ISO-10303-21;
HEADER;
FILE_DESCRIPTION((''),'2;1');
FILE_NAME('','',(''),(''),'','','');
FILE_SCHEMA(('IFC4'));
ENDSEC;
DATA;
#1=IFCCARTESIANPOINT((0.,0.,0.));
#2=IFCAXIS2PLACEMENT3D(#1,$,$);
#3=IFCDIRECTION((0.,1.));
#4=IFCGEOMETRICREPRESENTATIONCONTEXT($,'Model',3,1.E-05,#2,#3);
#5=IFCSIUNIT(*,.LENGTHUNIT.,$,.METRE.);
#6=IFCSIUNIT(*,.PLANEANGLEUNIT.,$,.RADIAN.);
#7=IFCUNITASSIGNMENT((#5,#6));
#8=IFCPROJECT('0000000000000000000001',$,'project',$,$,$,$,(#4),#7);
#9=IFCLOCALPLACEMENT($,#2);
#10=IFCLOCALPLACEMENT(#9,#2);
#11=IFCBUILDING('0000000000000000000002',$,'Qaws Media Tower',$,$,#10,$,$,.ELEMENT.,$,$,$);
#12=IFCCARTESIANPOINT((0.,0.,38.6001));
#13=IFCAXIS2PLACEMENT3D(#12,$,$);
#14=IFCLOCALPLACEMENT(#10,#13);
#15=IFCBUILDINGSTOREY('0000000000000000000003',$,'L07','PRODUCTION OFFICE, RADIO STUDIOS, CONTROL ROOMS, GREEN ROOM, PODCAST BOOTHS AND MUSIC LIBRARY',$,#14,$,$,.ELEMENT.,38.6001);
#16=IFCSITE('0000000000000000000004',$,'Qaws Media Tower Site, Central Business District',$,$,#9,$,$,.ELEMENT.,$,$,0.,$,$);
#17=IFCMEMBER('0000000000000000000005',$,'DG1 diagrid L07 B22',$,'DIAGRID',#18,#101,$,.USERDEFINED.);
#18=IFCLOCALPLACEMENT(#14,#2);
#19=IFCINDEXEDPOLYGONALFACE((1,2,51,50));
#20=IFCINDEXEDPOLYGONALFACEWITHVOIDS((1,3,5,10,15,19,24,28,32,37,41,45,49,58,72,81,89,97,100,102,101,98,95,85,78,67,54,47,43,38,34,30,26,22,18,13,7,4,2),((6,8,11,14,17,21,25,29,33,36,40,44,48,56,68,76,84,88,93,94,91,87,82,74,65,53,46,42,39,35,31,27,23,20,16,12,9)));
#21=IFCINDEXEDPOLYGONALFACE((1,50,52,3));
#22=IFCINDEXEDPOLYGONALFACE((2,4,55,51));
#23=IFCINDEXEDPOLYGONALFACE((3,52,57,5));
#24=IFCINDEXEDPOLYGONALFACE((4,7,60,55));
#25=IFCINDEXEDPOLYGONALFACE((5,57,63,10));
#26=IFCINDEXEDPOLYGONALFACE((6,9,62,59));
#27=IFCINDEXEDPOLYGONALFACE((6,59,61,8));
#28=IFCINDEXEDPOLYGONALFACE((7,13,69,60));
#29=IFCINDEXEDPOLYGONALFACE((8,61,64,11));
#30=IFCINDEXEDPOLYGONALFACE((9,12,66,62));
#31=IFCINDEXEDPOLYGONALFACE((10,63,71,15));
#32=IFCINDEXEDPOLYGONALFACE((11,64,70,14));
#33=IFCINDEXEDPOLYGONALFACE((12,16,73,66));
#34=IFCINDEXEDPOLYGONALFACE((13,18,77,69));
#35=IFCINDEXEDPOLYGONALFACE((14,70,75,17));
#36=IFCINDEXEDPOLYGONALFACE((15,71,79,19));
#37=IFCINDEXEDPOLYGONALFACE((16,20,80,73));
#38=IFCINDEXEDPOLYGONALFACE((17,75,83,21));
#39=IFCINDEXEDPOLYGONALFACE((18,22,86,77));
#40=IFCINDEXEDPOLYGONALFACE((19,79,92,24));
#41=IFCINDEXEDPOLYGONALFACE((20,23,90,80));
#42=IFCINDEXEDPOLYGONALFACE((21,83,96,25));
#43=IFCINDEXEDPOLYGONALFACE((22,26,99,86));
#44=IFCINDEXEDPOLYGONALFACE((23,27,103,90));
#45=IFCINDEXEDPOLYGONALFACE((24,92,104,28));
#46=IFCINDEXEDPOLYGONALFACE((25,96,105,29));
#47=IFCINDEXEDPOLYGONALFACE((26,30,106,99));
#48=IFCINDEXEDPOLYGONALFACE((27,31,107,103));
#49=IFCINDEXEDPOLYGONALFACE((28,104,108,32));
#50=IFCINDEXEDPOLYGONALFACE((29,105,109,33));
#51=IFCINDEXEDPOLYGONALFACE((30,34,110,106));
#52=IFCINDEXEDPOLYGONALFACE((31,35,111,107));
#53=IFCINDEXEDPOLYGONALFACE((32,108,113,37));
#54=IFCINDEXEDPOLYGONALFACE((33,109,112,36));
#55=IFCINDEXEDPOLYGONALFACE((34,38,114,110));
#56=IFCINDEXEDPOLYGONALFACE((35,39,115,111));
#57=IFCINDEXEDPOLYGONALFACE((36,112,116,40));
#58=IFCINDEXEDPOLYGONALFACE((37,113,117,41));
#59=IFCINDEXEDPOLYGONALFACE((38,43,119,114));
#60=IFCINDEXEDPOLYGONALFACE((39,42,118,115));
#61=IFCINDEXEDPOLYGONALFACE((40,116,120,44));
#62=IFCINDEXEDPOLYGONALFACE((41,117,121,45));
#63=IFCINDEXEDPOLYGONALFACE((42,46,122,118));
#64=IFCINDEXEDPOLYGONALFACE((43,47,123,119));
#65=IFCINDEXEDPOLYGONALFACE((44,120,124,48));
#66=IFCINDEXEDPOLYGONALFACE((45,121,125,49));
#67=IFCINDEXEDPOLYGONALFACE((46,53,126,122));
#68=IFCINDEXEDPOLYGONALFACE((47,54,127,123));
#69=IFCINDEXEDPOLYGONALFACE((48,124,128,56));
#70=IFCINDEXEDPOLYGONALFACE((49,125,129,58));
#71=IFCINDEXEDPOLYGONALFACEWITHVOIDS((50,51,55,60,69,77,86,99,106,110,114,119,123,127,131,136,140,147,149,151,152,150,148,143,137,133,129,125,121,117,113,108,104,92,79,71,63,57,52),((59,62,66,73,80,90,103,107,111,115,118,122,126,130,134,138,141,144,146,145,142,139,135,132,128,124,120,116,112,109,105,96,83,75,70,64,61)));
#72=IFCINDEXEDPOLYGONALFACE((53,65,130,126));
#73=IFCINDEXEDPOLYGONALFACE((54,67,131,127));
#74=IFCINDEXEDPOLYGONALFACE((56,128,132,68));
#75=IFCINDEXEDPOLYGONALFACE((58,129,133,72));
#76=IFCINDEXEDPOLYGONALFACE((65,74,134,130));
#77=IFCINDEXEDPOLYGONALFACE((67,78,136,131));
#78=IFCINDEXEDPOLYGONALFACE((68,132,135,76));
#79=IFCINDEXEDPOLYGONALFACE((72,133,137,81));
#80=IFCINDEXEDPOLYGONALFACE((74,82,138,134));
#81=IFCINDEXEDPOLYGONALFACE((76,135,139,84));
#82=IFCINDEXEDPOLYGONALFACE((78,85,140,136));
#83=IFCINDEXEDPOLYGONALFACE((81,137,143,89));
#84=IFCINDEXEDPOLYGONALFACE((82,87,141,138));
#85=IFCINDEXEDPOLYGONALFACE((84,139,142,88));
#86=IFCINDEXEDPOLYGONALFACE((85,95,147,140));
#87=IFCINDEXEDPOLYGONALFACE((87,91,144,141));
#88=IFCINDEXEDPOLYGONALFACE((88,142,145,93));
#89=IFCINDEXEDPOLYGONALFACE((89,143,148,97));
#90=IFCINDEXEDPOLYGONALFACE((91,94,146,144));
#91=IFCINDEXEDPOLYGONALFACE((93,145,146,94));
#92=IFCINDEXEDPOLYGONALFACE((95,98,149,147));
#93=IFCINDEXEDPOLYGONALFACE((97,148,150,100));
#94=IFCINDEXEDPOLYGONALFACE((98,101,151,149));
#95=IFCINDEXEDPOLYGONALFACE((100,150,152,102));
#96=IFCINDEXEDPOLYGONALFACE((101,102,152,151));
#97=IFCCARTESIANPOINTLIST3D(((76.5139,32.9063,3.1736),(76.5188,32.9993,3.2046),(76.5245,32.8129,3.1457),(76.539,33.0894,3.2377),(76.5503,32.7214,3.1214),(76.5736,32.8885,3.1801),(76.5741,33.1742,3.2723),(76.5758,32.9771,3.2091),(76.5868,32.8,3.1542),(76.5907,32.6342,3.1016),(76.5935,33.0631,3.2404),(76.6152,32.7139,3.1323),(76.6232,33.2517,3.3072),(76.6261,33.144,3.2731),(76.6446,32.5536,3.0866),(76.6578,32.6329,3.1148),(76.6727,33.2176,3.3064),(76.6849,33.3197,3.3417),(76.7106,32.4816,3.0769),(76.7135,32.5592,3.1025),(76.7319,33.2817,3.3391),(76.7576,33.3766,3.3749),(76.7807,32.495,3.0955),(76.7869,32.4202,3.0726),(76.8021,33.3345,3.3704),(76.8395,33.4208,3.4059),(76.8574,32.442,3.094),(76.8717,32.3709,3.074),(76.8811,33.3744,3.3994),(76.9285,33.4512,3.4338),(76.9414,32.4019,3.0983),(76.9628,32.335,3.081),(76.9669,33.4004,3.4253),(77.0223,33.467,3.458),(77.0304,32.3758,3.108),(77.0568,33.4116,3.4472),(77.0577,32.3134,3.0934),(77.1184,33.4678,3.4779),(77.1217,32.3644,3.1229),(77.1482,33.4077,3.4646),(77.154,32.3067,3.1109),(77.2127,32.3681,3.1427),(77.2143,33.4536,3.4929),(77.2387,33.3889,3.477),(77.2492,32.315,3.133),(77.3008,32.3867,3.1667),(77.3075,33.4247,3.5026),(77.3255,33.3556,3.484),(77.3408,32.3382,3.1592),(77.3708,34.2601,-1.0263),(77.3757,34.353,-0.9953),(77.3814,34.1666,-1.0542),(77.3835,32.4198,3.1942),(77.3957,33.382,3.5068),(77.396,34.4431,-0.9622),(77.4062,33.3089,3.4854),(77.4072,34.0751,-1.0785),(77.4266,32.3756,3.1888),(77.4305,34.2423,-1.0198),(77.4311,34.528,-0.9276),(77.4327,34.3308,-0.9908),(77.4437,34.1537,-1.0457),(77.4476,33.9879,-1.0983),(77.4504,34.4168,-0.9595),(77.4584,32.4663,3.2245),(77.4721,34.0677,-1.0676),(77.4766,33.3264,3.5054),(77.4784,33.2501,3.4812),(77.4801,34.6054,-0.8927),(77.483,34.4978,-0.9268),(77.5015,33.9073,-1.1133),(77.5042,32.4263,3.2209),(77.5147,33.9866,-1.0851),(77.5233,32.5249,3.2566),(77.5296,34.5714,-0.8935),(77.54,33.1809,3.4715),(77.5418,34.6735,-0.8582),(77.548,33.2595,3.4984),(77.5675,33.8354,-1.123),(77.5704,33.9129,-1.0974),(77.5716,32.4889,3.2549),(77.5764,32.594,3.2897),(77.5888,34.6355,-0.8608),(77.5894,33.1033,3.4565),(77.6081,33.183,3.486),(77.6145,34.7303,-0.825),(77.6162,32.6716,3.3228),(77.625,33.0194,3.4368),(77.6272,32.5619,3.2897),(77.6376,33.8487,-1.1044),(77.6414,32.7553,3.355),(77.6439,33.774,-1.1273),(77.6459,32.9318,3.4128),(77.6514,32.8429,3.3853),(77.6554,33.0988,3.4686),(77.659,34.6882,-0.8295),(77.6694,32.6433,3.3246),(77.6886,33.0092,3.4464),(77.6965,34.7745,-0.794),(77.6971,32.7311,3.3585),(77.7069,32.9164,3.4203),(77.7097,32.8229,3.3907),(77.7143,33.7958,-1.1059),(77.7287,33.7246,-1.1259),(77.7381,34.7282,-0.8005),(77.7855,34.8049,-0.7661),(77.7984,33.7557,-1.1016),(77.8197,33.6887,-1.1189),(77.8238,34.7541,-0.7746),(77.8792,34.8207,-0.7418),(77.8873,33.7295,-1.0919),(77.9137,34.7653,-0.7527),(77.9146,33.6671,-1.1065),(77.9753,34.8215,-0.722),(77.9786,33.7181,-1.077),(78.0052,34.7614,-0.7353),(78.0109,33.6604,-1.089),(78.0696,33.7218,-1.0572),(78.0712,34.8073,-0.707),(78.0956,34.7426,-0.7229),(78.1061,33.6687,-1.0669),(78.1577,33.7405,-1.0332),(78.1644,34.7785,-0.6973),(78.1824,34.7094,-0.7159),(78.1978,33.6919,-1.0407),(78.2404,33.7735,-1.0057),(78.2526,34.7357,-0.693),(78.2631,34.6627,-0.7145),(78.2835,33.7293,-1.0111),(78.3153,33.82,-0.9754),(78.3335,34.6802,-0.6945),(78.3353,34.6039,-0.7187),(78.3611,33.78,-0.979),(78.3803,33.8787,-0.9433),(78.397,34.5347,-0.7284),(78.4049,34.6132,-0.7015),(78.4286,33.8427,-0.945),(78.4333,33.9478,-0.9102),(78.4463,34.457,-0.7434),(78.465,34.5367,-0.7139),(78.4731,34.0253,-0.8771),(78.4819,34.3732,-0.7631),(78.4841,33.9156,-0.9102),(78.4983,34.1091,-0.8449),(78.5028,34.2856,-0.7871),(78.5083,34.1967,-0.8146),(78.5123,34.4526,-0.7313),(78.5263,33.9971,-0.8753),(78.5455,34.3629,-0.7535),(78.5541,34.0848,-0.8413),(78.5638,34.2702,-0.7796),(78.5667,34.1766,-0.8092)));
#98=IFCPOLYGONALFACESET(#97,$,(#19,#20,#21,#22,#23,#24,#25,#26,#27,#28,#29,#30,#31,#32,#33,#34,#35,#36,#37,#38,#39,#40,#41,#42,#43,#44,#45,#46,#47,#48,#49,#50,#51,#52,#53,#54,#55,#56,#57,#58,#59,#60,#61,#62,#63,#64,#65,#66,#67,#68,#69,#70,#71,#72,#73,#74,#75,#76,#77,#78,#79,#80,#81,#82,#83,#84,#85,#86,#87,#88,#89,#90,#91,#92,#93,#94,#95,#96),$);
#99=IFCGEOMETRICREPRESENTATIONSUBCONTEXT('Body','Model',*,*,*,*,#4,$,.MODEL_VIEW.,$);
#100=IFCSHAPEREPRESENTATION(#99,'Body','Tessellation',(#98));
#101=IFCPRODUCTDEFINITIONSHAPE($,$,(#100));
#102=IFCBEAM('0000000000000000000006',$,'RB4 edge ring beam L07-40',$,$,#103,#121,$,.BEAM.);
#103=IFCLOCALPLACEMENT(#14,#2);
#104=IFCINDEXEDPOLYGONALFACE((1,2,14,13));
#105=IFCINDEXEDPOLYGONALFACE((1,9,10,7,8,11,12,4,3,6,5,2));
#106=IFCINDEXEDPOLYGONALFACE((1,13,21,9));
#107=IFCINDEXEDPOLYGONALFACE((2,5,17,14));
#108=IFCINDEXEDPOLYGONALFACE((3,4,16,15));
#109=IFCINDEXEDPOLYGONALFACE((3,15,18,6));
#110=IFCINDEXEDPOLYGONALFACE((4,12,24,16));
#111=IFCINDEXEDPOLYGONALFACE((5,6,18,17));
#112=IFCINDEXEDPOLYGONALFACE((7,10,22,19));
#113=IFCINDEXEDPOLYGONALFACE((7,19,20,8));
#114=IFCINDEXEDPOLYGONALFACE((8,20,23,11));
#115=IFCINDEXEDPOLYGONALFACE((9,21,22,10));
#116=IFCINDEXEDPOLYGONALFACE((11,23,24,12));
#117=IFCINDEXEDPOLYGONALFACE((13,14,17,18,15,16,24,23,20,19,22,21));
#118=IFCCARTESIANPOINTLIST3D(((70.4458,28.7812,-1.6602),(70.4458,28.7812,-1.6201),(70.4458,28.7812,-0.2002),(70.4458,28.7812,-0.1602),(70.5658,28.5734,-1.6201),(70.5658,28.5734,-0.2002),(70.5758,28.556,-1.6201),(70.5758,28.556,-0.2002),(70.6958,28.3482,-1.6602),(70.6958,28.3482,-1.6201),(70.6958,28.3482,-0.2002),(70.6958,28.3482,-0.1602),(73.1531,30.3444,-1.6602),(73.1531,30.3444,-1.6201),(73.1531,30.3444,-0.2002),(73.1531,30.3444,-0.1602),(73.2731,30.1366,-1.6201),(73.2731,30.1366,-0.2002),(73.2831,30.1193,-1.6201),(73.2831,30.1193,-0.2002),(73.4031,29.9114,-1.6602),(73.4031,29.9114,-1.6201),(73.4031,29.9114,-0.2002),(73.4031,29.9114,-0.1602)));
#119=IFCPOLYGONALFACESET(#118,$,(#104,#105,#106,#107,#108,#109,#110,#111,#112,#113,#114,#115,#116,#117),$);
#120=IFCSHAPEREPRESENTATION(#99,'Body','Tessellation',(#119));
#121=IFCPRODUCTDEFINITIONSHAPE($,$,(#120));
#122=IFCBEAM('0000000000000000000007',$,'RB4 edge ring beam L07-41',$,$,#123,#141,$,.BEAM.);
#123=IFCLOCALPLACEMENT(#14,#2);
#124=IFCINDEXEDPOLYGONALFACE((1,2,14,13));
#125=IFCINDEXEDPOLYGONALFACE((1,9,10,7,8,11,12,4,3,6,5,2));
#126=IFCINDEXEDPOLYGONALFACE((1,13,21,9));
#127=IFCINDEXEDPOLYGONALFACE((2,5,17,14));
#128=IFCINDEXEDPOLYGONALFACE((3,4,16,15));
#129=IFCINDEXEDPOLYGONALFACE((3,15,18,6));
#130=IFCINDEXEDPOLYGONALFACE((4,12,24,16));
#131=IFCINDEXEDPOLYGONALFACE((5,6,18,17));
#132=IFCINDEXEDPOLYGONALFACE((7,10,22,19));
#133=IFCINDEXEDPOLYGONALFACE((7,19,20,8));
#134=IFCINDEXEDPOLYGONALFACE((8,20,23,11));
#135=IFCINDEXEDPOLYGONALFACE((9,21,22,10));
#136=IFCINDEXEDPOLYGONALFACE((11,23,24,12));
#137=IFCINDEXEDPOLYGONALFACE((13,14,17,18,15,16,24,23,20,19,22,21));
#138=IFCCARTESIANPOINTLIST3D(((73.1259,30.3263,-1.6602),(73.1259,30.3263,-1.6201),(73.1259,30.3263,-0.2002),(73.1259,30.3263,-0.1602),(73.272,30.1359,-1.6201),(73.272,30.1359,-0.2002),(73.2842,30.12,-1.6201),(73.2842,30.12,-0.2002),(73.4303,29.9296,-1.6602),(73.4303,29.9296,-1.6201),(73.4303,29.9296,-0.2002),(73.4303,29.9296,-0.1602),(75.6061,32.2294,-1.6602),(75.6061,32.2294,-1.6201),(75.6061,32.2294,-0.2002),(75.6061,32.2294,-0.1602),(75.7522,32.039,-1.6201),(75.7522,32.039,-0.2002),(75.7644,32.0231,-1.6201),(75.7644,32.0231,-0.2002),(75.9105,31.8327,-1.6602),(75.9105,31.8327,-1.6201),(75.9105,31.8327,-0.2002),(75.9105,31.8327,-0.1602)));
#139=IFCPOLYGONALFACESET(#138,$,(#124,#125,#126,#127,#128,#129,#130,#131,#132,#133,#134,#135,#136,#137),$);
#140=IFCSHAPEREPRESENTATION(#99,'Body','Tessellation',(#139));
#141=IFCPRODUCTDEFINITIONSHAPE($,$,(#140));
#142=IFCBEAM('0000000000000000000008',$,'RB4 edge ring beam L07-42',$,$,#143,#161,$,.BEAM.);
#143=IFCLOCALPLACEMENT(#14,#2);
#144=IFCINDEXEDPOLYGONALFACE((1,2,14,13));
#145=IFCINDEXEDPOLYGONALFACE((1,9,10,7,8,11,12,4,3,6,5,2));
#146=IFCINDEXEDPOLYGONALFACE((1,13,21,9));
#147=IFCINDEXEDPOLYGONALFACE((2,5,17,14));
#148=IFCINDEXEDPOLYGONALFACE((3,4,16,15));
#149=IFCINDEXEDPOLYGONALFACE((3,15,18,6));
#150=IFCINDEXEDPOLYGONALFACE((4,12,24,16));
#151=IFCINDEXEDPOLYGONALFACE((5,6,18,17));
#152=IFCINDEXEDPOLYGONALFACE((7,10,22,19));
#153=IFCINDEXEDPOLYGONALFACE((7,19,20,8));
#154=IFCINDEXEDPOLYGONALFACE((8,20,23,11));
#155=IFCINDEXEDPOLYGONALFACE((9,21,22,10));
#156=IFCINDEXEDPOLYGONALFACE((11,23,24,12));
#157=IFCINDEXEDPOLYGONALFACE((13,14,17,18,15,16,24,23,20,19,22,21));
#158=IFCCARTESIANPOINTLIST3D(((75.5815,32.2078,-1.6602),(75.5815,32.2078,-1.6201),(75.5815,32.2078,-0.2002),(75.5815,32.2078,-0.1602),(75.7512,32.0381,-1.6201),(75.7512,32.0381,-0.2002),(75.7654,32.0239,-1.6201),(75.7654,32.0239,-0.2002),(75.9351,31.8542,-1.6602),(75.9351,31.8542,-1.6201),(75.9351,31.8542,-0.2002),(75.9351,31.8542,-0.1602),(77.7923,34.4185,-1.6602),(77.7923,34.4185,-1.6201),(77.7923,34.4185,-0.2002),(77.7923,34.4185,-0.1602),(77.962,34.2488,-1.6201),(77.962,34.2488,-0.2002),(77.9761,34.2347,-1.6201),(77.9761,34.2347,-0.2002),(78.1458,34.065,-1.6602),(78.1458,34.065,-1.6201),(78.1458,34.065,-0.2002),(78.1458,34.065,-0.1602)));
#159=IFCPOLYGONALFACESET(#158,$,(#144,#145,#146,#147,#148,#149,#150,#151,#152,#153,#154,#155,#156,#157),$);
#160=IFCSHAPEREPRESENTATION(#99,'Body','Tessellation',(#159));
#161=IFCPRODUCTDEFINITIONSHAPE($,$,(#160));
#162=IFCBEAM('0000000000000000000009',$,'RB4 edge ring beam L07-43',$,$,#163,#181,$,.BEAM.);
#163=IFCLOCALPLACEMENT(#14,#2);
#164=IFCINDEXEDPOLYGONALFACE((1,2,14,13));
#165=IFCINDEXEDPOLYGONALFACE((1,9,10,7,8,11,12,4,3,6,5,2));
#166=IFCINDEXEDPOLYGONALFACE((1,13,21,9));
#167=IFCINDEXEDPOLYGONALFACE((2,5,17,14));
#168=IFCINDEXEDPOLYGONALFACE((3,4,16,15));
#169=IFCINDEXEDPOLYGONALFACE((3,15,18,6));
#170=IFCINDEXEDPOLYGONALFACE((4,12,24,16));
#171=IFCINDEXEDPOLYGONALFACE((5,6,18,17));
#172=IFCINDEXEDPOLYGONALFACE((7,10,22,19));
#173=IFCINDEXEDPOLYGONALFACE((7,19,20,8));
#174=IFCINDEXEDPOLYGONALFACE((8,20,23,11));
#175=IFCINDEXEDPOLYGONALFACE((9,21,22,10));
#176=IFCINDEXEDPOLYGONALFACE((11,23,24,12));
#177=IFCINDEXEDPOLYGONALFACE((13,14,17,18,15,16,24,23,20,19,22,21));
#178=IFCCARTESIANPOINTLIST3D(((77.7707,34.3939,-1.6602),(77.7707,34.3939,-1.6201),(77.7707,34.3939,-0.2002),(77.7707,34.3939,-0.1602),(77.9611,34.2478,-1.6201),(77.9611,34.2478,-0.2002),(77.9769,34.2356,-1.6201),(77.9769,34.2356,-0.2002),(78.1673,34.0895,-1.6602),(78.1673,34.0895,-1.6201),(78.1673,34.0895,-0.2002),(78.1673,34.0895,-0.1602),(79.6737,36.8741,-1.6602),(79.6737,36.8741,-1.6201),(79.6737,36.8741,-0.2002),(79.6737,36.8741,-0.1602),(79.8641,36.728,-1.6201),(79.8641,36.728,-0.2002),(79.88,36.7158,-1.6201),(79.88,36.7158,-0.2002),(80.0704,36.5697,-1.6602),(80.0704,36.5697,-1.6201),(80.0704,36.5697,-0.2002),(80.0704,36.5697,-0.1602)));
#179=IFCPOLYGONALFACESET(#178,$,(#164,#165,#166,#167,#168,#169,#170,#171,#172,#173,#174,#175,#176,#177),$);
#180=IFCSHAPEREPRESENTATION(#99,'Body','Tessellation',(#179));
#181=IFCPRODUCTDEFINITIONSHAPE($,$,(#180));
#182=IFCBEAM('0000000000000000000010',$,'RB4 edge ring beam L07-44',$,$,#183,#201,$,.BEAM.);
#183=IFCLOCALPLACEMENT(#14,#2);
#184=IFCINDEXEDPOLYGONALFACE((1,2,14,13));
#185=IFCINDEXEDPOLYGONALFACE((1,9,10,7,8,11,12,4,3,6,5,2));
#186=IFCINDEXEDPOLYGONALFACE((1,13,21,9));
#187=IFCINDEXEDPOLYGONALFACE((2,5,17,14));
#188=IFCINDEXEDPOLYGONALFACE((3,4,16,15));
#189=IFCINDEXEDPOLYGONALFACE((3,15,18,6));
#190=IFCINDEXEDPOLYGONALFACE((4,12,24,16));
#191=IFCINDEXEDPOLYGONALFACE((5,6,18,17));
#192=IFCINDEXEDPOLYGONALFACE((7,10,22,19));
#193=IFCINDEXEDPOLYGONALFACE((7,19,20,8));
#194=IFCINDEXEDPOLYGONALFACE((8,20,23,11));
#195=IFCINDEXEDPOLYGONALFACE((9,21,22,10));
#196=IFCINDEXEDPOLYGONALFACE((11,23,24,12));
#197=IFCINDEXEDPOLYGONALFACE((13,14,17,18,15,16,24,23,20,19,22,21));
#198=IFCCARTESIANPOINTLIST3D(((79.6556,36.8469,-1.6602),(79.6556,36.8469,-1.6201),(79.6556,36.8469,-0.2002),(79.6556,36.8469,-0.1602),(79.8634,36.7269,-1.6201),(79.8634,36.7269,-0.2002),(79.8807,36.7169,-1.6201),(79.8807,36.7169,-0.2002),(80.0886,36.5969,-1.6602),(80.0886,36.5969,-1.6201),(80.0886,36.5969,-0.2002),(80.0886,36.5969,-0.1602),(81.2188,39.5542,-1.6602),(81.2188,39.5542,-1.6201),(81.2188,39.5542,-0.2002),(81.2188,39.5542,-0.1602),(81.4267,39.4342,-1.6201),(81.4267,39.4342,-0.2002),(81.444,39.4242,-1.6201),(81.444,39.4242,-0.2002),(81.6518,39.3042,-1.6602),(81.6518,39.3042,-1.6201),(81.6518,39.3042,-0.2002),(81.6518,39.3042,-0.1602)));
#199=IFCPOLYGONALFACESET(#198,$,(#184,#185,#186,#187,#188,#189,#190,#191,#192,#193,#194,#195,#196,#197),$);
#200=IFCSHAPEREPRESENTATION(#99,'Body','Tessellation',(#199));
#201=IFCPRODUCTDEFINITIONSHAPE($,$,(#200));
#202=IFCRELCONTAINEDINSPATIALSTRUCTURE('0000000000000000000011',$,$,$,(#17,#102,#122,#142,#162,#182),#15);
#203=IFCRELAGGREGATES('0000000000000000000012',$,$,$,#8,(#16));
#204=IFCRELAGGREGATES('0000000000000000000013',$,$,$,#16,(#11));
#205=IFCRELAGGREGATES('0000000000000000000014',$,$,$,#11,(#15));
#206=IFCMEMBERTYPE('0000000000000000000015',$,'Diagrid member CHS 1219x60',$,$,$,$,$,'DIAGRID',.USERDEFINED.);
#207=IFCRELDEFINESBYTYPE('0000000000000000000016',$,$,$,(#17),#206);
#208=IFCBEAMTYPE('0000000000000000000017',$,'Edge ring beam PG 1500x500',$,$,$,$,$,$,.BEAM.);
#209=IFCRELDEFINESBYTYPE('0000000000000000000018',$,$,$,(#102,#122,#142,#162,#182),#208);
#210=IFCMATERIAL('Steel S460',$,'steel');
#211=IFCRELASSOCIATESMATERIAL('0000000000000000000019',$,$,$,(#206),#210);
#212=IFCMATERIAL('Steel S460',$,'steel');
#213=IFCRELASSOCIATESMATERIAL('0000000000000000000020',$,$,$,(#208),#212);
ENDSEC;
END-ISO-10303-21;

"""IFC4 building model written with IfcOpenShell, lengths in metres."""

from ifc_helpers import new_model, si_unit, direction, frame, origin, origin_2d, place, context, subcontext, project, spatial, hollow_circle, i_section, extrude, material, material_profile, profile_set, type_object, element, save


model = new_model("IFC4")

# Units and contexts
model_context = context("Model", 3, precision=1e-05, world=origin(), true_north=direction((0.0, 1.0)))
body_context = subcontext(model_context, "Body", "Model", "MODEL_VIEW")
ifc_project = project(units=[si_unit("LENGTHUNIT", "METRE"), si_unit("PLANEANGLEUNIT", "RADIAN")], contexts=[model_context])

# Site, building, storey
site_placement = place(None, origin())
site = spatial("IfcSite", under=ifc_project, at=site_placement, Name="Qaws Media Tower Site, Central Business District", CompositionType="ELEMENT", RefElevation=0.0)
building_placement = place(site_placement, origin())
building = spatial("IfcBuilding", under=site, at=building_placement, Name="Qaws Media Tower", CompositionType="ELEMENT")
storey_placement = place(building_placement, frame((0.0, 0.0, 38.6001)))
storey = spatial("IfcBuildingStorey", under=building, at=storey_placement, Name="L07", Description="PRODUCTION OFFICE, RADIO STUDIOS, CONTROL ROOMS, GREEN ROOM, PODCAST BOOTHS AND MUSIC LIBRARY", CompositionType="ELEMENT", Elevation=38.6001)

# Member
ifc_material_1 = material(Name="Steel S460", Category="steel")
ifc_material_profile_1 = material_profile(ifc_material_1, hollow_circle(Radius=0.6096, WallThickness=0.0601, at=origin_2d()), Name="CHS 1219x60")
ifc_profile_set_1 = profile_set([ifc_material_profile_1], Name="Steel S460")
member_type_1 = type_object("IfcMemberType", Name="Diagrid member CHS 1219x60", ElementType="DIAGRID", PredefinedType="USERDEFINED", material=ifc_profile_set_1)
for number, where, z_axis, x_axis, name in (
    (1, (77.969, 34.2417, -0.9102), (-0.190634, -0.301158, 0.934324), (0.844945, -0.534853, 0.0), "DG1 diagrid L07 B22"),
):
    element("IfcMember", number, at=place(storey_placement, frame(where, z_axis=z_axis, x_axis=x_axis)), inside=storey, type_object=member_type_1, Name=name, ObjectType="DIAGRID", PredefinedType="USERDEFINED", context=body_context, shape_type="SweptSolid", body=[
        extrude(hollow_circle(Radius=0.6096, WallThickness=0.0601, at=origin_2d()), origin(), (0.0, 0.0, 1.0), 4.4951),
    ])

# Beams
ifc_material_2 = material(Name="Steel S460", Category="steel")
ifc_material_profile_2 = material_profile(ifc_material_2, i_section(OverallWidth=0.5, OverallDepth=1.5, WebThickness=0.02, FlangeThickness=0.04, at=origin_2d()), Name="PG 1500x500")
ifc_profile_set_2 = profile_set([ifc_material_profile_2], Name="Steel S460")
beam_type = type_object("IfcBeamType", Name="Edge ring beam PG 1500x500", PredefinedType="BEAM", material=ifc_profile_set_2)
for number, where, z_axis, x_axis, name in (
    (2, (70.5708, 28.5647, -0.9102), (0.866, 0.500045, 0.0), (-0.500045, 0.866, 0.0), "RB4 edge ring beam L07-40"),
    (3, (73.2781, 30.1279, -0.9102), (0.793364, 0.608748, 0.0), (-0.608748, 0.793364, 0.0), "RB4 edge ring beam L07-41"),
):
    element("IfcBeam", number, at=place(storey_placement, frame(where, z_axis=z_axis, x_axis=x_axis)), inside=storey, type_object=beam_type, Name=name, PredefinedType="BEAM", context=body_context, shape_type="SweptSolid", body=[
        extrude(i_section(OverallWidth=0.5, OverallDepth=1.5, WebThickness=0.02, FlangeThickness=0.04, at=origin_2d()), origin(), (0.0, 0.0, 1.0), 3.1262),
    ])
beam_placement = place(storey_placement, frame((75.7583, 32.031, -0.9102), z_axis=(0.707107, 0.707107, 0.0), x_axis=(-0.707107, 0.707107, 0.0)))
element("IfcBeam", 4, at=beam_placement, inside=storey, type_object=beam_type, Name="RB4 edge ring beam L07-42", PredefinedType="BEAM", context=body_context, shape_type="SweptSolid", body=[
    extrude(i_section(OverallWidth=0.5, OverallDepth=1.5, WebThickness=0.02, FlangeThickness=0.04, at=origin_2d()), origin(), (0.0, 0.0, 1.0), 3.1265),
])
for number, where, z_axis, x_axis, name in (
    (5, (77.969, 34.2417, -0.9102), (0.608748, 0.793364, 0.0), (-0.793364, 0.608748, 0.0), "RB4 edge ring beam L07-43"),
    (6, (79.8721, 36.7219, -0.9102), (0.500045, 0.866, 0.0), (-0.866, 0.500045, 0.0), "RB4 edge ring beam L07-44"),
):
    element("IfcBeam", number, at=place(storey_placement, frame(where, z_axis=z_axis, x_axis=x_axis)), inside=storey, type_object=beam_type, Name=name, PredefinedType="BEAM", context=body_context, shape_type="SweptSolid", body=[
        extrude(i_section(OverallWidth=0.5, OverallDepth=1.5, WebThickness=0.02, FlangeThickness=0.04, at=origin_2d()), origin(), (0.0, 0.0, 1.0), 3.1262),
    ])

save(model, "model.ifc")
